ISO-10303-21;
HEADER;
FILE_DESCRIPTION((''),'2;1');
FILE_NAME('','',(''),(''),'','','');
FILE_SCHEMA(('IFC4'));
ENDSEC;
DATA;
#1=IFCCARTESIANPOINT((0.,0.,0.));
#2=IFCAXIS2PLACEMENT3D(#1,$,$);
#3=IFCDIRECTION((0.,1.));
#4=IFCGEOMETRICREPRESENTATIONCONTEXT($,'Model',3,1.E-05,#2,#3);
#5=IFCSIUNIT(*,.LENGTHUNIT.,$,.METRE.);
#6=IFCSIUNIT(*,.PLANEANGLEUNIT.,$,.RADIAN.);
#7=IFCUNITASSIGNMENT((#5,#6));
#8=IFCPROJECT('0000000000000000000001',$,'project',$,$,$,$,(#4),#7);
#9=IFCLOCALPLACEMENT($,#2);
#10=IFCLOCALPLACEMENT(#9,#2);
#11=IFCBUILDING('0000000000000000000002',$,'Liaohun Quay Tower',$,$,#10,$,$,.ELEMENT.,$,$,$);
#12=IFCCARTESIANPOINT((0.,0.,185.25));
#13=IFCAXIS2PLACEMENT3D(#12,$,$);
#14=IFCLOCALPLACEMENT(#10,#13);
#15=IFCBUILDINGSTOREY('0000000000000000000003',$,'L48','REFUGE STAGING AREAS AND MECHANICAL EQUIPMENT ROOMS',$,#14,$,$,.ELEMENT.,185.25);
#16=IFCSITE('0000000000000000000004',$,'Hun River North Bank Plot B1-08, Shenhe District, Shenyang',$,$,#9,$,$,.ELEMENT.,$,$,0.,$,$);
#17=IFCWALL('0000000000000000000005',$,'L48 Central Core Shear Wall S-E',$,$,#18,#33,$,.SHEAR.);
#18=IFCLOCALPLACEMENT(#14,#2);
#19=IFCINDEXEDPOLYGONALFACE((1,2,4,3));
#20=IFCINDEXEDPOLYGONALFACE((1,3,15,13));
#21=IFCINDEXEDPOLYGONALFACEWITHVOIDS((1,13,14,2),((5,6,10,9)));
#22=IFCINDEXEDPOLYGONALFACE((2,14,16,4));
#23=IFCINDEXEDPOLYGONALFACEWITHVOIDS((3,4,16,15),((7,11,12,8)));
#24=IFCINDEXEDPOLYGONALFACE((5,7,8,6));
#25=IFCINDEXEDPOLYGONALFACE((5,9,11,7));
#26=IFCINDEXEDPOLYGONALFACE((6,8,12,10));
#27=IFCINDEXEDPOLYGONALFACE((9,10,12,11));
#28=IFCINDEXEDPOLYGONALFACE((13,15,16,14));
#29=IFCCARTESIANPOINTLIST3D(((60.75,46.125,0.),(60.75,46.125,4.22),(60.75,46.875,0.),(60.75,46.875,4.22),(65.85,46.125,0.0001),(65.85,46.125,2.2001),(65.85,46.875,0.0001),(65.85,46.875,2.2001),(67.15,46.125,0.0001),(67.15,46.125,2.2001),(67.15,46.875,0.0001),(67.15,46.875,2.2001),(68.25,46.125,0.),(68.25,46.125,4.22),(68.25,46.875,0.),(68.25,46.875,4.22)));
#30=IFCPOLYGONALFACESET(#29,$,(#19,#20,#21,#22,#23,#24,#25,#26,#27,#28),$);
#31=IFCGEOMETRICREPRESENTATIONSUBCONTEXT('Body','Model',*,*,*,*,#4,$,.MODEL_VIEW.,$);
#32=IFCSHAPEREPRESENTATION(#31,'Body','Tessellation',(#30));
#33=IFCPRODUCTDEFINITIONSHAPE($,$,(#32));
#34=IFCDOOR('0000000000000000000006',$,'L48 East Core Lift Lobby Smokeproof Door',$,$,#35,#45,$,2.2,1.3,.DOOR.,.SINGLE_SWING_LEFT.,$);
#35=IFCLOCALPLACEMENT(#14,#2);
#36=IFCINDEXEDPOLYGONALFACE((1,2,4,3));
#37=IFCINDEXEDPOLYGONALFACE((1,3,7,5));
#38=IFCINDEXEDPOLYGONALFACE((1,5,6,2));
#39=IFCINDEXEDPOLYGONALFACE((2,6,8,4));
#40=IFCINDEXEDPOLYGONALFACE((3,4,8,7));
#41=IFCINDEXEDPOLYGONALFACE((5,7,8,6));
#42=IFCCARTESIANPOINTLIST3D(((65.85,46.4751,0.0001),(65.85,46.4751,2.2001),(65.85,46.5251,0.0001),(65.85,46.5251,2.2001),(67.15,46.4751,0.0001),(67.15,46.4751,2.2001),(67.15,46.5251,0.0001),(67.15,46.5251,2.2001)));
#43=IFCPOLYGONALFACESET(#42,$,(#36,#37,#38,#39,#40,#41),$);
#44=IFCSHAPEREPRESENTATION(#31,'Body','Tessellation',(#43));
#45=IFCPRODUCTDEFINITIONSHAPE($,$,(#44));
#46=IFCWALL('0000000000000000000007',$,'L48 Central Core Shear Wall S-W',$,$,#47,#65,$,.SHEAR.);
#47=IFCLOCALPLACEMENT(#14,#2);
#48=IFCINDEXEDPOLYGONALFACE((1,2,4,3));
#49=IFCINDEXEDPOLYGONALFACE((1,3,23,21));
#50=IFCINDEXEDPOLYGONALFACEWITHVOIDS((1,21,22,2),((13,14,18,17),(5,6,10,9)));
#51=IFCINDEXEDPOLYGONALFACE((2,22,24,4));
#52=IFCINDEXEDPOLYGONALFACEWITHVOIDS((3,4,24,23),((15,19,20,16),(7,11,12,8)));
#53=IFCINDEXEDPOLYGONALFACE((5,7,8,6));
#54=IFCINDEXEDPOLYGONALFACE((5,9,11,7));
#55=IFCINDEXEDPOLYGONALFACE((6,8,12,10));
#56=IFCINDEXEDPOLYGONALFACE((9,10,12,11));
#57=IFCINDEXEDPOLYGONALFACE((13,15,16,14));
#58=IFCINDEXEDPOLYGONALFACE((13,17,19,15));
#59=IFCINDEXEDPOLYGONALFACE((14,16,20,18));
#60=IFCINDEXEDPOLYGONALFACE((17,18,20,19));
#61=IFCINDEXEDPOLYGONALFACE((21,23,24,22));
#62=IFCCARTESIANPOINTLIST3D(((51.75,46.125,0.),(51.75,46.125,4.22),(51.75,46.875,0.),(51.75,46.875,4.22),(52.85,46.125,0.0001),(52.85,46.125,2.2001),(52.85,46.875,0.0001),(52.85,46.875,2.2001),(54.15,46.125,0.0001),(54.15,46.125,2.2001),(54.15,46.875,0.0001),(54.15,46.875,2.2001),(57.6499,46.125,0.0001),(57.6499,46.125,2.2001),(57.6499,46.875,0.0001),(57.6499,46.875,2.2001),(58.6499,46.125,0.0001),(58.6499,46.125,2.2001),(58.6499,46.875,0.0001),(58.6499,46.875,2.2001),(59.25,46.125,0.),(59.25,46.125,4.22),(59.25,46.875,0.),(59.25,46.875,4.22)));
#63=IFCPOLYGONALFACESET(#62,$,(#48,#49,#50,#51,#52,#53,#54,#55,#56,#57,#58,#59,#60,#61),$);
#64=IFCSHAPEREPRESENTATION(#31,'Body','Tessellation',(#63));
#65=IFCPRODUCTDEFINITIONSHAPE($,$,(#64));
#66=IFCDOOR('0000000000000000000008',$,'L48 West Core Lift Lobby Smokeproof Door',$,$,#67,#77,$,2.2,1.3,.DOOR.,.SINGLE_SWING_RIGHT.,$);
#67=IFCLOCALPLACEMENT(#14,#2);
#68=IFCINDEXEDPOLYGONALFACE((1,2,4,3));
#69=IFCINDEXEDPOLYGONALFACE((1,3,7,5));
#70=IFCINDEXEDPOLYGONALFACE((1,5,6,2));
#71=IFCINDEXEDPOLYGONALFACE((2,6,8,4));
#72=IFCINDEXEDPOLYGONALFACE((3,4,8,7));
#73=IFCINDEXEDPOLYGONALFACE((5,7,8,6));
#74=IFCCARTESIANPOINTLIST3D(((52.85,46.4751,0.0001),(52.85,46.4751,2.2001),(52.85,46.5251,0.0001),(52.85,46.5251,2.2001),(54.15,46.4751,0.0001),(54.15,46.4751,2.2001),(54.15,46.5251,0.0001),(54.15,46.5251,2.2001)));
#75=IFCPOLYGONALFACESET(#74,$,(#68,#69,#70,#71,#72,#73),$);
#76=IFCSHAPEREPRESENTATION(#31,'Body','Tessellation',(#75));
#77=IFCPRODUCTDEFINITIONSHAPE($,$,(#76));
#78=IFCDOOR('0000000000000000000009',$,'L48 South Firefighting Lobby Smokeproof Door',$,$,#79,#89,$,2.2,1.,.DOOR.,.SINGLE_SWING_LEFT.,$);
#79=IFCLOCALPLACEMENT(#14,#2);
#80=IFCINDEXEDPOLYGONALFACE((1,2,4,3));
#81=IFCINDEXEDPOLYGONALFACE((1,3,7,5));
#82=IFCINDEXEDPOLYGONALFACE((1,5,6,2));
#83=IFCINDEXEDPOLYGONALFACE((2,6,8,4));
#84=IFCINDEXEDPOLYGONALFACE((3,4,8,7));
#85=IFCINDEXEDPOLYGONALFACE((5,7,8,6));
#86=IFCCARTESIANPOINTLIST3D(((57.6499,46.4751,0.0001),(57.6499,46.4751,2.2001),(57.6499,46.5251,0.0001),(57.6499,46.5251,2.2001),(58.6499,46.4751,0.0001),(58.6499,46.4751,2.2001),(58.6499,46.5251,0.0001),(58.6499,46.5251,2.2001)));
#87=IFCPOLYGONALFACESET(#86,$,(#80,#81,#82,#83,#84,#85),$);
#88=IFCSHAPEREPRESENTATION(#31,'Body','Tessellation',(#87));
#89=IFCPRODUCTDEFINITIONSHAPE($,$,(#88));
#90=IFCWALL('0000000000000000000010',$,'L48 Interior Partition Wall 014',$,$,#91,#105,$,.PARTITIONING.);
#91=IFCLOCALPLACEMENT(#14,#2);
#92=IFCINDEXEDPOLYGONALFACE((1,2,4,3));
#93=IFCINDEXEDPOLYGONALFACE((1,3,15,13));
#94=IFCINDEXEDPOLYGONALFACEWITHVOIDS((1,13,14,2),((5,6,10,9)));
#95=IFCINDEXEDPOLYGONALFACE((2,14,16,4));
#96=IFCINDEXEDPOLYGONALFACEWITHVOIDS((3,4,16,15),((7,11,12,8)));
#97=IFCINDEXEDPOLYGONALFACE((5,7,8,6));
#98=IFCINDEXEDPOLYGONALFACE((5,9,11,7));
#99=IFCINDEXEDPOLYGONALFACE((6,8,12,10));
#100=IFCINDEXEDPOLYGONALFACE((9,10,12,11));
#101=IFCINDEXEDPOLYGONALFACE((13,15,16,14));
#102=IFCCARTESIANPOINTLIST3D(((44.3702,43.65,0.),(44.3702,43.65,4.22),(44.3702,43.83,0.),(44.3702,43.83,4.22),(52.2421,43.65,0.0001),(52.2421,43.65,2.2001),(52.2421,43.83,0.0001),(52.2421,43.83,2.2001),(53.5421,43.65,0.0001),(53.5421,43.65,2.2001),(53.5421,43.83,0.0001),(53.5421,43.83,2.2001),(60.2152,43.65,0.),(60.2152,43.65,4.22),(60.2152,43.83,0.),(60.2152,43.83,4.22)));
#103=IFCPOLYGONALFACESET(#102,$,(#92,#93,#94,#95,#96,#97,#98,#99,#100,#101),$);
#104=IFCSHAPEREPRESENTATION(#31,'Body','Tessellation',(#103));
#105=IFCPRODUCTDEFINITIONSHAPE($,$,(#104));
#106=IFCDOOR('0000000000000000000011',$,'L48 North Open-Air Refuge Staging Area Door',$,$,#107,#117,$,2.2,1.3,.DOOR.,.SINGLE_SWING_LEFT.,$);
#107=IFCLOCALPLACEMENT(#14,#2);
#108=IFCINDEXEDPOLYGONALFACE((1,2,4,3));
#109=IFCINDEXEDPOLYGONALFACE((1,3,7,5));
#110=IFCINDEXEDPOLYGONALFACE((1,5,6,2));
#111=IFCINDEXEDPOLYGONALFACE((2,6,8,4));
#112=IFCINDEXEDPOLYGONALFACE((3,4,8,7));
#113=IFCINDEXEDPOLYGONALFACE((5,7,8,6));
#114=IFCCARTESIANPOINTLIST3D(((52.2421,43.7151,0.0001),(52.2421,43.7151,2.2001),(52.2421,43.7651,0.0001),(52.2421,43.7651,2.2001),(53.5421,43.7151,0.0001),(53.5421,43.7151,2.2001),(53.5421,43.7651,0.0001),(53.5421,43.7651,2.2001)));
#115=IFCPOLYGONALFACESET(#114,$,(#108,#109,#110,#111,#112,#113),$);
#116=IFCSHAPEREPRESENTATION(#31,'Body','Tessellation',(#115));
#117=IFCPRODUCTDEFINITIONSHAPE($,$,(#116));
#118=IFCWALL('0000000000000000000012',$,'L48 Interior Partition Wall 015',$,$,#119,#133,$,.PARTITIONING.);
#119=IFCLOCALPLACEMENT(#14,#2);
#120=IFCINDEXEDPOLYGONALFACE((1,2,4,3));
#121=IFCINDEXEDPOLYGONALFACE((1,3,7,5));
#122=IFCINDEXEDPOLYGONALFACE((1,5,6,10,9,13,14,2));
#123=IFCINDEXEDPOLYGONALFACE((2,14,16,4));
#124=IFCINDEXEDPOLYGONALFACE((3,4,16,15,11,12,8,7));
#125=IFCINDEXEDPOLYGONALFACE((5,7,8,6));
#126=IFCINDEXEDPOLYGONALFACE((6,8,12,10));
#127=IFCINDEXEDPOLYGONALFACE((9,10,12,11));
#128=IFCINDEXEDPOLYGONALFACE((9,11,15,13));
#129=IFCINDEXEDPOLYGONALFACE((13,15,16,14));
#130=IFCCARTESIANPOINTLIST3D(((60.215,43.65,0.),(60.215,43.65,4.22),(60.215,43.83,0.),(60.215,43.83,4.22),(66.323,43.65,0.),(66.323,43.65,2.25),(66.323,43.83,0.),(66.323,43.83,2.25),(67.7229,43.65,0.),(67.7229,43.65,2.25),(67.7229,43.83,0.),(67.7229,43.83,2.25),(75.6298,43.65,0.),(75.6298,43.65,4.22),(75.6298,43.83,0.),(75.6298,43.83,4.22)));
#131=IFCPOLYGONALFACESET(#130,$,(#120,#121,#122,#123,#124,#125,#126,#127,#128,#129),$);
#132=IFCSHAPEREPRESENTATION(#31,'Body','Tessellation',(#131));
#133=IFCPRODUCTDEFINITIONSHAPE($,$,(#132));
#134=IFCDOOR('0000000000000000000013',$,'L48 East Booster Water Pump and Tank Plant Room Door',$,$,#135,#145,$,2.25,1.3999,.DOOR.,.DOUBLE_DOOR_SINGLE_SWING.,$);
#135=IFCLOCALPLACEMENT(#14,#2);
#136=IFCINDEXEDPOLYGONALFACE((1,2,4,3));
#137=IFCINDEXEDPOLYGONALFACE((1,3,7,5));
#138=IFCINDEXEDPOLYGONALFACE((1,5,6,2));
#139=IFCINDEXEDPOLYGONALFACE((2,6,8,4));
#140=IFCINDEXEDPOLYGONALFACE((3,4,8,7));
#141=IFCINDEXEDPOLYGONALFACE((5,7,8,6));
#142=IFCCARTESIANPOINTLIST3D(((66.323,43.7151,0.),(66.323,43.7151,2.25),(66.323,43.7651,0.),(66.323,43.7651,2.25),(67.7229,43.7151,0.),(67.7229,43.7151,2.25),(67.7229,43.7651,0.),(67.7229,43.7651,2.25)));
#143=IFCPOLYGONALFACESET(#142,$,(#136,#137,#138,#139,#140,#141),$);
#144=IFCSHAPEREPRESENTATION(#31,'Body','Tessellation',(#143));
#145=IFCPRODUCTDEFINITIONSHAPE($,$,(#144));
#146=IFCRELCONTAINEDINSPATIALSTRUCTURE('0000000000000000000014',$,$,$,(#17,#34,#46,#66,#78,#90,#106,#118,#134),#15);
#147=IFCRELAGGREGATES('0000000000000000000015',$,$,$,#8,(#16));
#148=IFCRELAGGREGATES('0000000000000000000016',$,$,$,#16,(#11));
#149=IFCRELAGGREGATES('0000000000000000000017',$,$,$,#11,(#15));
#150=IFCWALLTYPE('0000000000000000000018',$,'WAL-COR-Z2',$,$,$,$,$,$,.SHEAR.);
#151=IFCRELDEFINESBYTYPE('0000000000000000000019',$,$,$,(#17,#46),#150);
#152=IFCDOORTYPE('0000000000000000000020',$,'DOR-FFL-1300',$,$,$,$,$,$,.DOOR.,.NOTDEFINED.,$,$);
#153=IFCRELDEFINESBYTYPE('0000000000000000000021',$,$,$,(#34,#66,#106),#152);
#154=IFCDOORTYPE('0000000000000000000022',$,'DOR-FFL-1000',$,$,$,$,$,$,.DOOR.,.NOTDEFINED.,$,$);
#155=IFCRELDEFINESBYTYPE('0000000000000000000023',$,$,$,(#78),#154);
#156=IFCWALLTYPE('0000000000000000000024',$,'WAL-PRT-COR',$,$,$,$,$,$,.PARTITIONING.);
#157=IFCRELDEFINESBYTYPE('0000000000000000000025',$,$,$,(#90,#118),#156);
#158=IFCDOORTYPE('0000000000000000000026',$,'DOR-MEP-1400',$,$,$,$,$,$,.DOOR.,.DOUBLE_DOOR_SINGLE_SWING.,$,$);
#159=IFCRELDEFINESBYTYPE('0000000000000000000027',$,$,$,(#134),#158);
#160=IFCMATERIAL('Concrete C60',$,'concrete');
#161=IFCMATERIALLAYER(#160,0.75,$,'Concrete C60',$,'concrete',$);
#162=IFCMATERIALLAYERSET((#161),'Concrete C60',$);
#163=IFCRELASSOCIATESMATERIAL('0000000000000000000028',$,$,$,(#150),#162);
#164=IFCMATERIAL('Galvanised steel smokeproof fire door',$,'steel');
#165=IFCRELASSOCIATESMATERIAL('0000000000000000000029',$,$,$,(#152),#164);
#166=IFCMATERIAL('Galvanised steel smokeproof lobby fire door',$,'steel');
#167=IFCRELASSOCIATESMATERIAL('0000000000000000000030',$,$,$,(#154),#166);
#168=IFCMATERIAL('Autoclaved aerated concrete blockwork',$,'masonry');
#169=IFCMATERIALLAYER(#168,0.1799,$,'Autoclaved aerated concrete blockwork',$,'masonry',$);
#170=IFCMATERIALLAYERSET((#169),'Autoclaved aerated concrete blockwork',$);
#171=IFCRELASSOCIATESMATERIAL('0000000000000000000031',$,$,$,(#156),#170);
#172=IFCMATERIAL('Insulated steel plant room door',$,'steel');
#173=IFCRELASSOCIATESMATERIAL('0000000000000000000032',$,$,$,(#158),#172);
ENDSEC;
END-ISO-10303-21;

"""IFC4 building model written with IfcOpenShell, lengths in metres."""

from ifc_helpers import new_model, si_unit, direction, frame, frame_2d, origin, place, context, subcontext, project, spatial, rectangle, extrude, source, transform, mapped, material, layer, layer_set, type_object, element, fill, save


model = new_model("IFC4")

# Units and contexts
model_context = context("Model", 3, precision=1e-05, world=origin(), true_north=direction((0.0, 1.0)))
body_context = subcontext(model_context, "Body", "Model", "MODEL_VIEW")
ifc_project = project(units=[si_unit("LENGTHUNIT", "METRE"), si_unit("PLANEANGLEUNIT", "RADIAN")], contexts=[model_context])

# Site, building, storey
site_placement = place(None, origin())
site = spatial("IfcSite", under=ifc_project, at=site_placement, Name="Hun River North Bank Plot B1-08, Shenhe District, Shenyang", CompositionType="ELEMENT", RefElevation=0.0)
building_placement = place(site_placement, origin())
building = spatial("IfcBuilding", under=site, at=building_placement, Name="Liaohun Quay Tower", CompositionType="ELEMENT")
storey_placement = place(building_placement, frame((0.0, 0.0, 185.25)))
storey = spatial("IfcBuildingStorey", under=building, at=storey_placement, Name="L48", Description="REFUGE STAGING AREAS AND MECHANICAL EQUIPMENT ROOMS", CompositionType="ELEMENT", Elevation=185.25)

# Shared definitions
ifc_material_1 = material(Name="Concrete C60", Category="concrete")

# Wall, opening, door
ifc_layer_1 = layer(ifc_material_1, 0.75, Name="Concrete C60", Category="concrete")
ifc_layer_set_1 = layer_set([ifc_layer_1], Name="Concrete C60")
wall_type_1 = type_object("IfcWallType", Name="WAL-COR-Z2", PredefinedType="SHEAR", material=ifc_layer_set_1)
wall_1_placement = place(storey_placement, frame((68.25, 46.5, 0.0), z_axis=(0.0, 0.0, 1.0), x_axis=(-1.0, 0.0, 0.0)))
wall_1 = element("IfcWall", 1, at=wall_1_placement, inside=storey, type_object=wall_type_1, Name="L48 Central Core Shear Wall S-E", PredefinedType="SHEAR", context=body_context, shape_type="SweptSolid", body=[
    extrude(rectangle(XDim=7.5, YDim=0.75, at=frame_2d((3.75, 0.0))), origin(), (0.0, 0.0, 1.0), 4.22),
])
shared_shape_1 = source(origin(), body_context, "Body", "SweptSolid", [
    extrude(rectangle(XDim=1.3, YDim=2.2, at=frame_2d((0.6499, 1.1001))), frame((0.0, 0.385, 0.0), z_axis=(0.0, -1.0, 0.0), x_axis=(1.0, 0.0, 0.0)), (0.0, 0.0, 1.0), 0.77),
])
opening_1_placement = place(wall_1_placement, frame((1.1001, 0.0, 0.0)))
opening_1 = element("IfcOpeningElement", 2, at=opening_1_placement, cuts=wall_1, PredefinedType="OPENING", context=body_context, shape_type="MappedRepresentation", body=[
    mapped(shared_shape_1, transform((0.0, 0.0, 0.0), x_axis=(1.0, 0.0, 0.0), y_axis=(0.0, 1.0, 0.0), z_axis=(0.0, 0.0, 1.0), scale=1.0)),
])
ifc_material_2 = material(Name="Galvanised steel smokeproof fire door", Category="steel")
door_type_1 = type_object("IfcDoorType", Name="DOR-FFL-1300", OperationType="NOTDEFINED", PredefinedType="DOOR", material=ifc_material_2)
shared_shape_2 = source(origin(), body_context, "Body", "SweptSolid", [
    extrude(rectangle(XDim=1.3, YDim=2.2, at=frame_2d((0.6499, 1.1001))), frame((0.0, 0.0249, 0.0), z_axis=(0.0, -1.0, 0.0), x_axis=(1.0, 0.0, 0.0)), (0.0, 0.0, 1.0), 0.05),
])
door_1_placement = place(opening_1_placement, origin())
door_1 = element("IfcDoor", 3, at=door_1_placement, inside=storey, type_object=door_type_1, Name="L48 East Core Lift Lobby Smokeproof Door", OperationType="SINGLE_SWING_LEFT", OverallHeight=2.2, OverallWidth=1.3, PredefinedType="DOOR", context=body_context, shape_type="MappedRepresentation", body=[
    mapped(shared_shape_2, transform((0.0, 0.0, 0.0), x_axis=(1.0, 0.0, 0.0), y_axis=(0.0, 1.0, 0.0), z_axis=(0.0, 0.0, 1.0), scale=1.0)),
])
fill(opening_1, door_1)

# Wall, openings, doors
wall_2_placement = place(storey_placement, frame((59.25, 46.5, 0.0), z_axis=(0.0, 0.0, 1.0), x_axis=(-1.0, 0.0, 0.0)))
wall_2 = element("IfcWall", 4, at=wall_2_placement, inside=storey, type_object=wall_type_1, Name="L48 Central Core Shear Wall S-W", PredefinedType="SHEAR", context=body_context, shape_type="SweptSolid", body=[
    extrude(rectangle(XDim=7.5, YDim=0.75, at=frame_2d((3.75, 0.0))), origin(), (0.0, 0.0, 1.0), 4.22),
])
opening_2_placement = place(wall_2_placement, frame((5.1001, 0.0, 0.0)))
opening_2 = element("IfcOpeningElement", 5, at=opening_2_placement, cuts=wall_2, PredefinedType="OPENING", context=body_context, shape_type="MappedRepresentation", body=[
    mapped(shared_shape_1, transform((0.0, 0.0, 0.0), x_axis=(1.0, 0.0, 0.0), y_axis=(0.0, 1.0, 0.0), z_axis=(0.0, 0.0, 1.0), scale=1.0)),
])
shared_shape_3 = source(origin(), body_context, "Body", "SweptSolid", [
    extrude(rectangle(XDim=1.0, YDim=2.2, at=frame_2d((0.5, 1.1001))), frame((0.0, 0.385, 0.0), z_axis=(0.0, -1.0, 0.0), x_axis=(1.0, 0.0, 0.0)), (0.0, 0.0, 1.0), 0.77),
])
opening_3_placement = place(wall_2_placement, frame((0.6001, 0.0, 0.0)))
opening_3 = element("IfcOpeningElement", 6, at=opening_3_placement, cuts=wall_2, PredefinedType="OPENING", context=body_context, shape_type="MappedRepresentation", body=[
    mapped(shared_shape_3, transform((0.0, 0.0, 0.0), x_axis=(1.0, 0.0, 0.0), y_axis=(0.0, 1.0, 0.0), z_axis=(0.0, 0.0, 1.0), scale=1.0)),
])
door_2_placement = place(opening_2_placement, origin())
door_2 = element("IfcDoor", 7, at=door_2_placement, inside=storey, type_object=door_type_1, Name="L48 West Core Lift Lobby Smokeproof Door", OperationType="SINGLE_SWING_RIGHT", OverallHeight=2.2, OverallWidth=1.3, PredefinedType="DOOR", context=body_context, shape_type="MappedRepresentation", body=[
    mapped(shared_shape_2, transform((0.0, 0.0, 0.0), x_axis=(1.0, 0.0, 0.0), y_axis=(0.0, 1.0, 0.0), z_axis=(0.0, 0.0, 1.0), scale=1.0)),
])
fill(opening_2, door_2)
ifc_material_3 = material(Name="Galvanised steel smokeproof lobby fire door", Category="steel")
door_type_2 = type_object("IfcDoorType", Name="DOR-FFL-1000", OperationType="NOTDEFINED", PredefinedType="DOOR", material=ifc_material_3)
shared_shape_4 = source(origin(), body_context, "Body", "SweptSolid", [
    extrude(rectangle(XDim=1.0, YDim=2.2, at=frame_2d((0.5, 1.1001))), frame((0.0, 0.0249, 0.0), z_axis=(0.0, -1.0, 0.0), x_axis=(1.0, 0.0, 0.0)), (0.0, 0.0, 1.0), 0.05),
])
door_3_placement = place(opening_3_placement, origin())
door_3 = element("IfcDoor", 8, at=door_3_placement, inside=storey, type_object=door_type_2, Name="L48 South Firefighting Lobby Smokeproof Door", OperationType="SINGLE_SWING_LEFT", OverallHeight=2.2, OverallWidth=1.0, PredefinedType="DOOR", context=body_context, shape_type="MappedRepresentation", body=[
    mapped(shared_shape_4, transform((0.0, 0.0, 0.0), x_axis=(1.0, 0.0, 0.0), y_axis=(0.0, 1.0, 0.0), z_axis=(0.0, 0.0, 1.0), scale=1.0)),
])
fill(opening_3, door_3)

# Walls, openings, doors
ifc_material_4 = material(Name="Autoclaved aerated concrete blockwork", Category="masonry")
ifc_layer_2 = layer(ifc_material_4, 0.1799, Name="Autoclaved aerated concrete blockwork", Category="masonry")
ifc_layer_set_2 = layer_set([ifc_layer_2], Name="Autoclaved aerated concrete blockwork")
wall_type_2 = type_object("IfcWallType", Name="WAL-PRT-COR", PredefinedType="PARTITIONING", material=ifc_layer_set_2)
wall_3_placement = place(storey_placement, frame((60.2151, 43.74, 0.0), z_axis=(0.0, 0.0, 1.0), x_axis=(-1.0, 0.0, 0.0)))
wall_3 = element("IfcWall", 9, at=wall_3_placement, inside=storey, type_object=wall_type_2, Name="L48 Interior Partition Wall 014", PredefinedType="PARTITIONING", context=body_context, shape_type="SweptSolid", body=[
    extrude(rectangle(XDim=15.845, YDim=0.1799, at=frame_2d((7.9224, 0.0))), origin(), (0.0, 0.0, 1.0), 4.22),
])
shared_shape_5 = source(origin(), body_context, "Body", "SweptSolid", [
    extrude(rectangle(XDim=1.3, YDim=2.2, at=frame_2d((0.6499, 1.1001))), frame((0.0, 0.0999, 0.0), z_axis=(0.0, -1.0, 0.0), x_axis=(1.0, 0.0, 0.0)), (0.0, 0.0, 1.0), 0.2),
])
opening_4_placement = place(wall_3_placement, frame((6.6731, 0.0, 0.0)))
opening_4 = element("IfcOpeningElement", 10, at=opening_4_placement, cuts=wall_3, PredefinedType="OPENING", context=body_context, shape_type="MappedRepresentation", body=[
    mapped(shared_shape_5, transform((0.0, 0.0, 0.0), x_axis=(1.0, 0.0, 0.0), y_axis=(0.0, 1.0, 0.0), z_axis=(0.0, 0.0, 1.0), scale=1.0)),
])
door_4_placement = place(opening_4_placement, origin())
door_4 = element("IfcDoor", 11, at=door_4_placement, inside=storey, type_object=door_type_1, Name="L48 North Open-Air Refuge Staging Area Door", OperationType="SINGLE_SWING_LEFT", OverallHeight=2.2, OverallWidth=1.3, PredefinedType="DOOR", context=body_context, shape_type="MappedRepresentation", body=[
    mapped(shared_shape_2, transform((0.0, 0.0, 0.0), x_axis=(1.0, 0.0, 0.0), y_axis=(0.0, 1.0, 0.0), z_axis=(0.0, 0.0, 1.0), scale=1.0)),
])
fill(opening_4, door_4)
wall_4_placement = place(storey_placement, frame((75.6299, 43.74, 0.0), z_axis=(0.0, 0.0, 1.0), x_axis=(-1.0, 0.0, 0.0)))
wall_4 = element("IfcWall", 12, at=wall_4_placement, inside=storey, type_object=wall_type_2, Name="L48 Interior Partition Wall 015", PredefinedType="PARTITIONING", context=body_context, shape_type="SweptSolid", body=[
    extrude(rectangle(XDim=15.4148, YDim=0.1799, at=frame_2d((7.7075, 0.0))), origin(), (0.0, 0.0, 1.0), 4.22),
])
shared_shape_6 = source(origin(), body_context, "Body", "SweptSolid", [
    extrude(rectangle(XDim=1.3999, YDim=2.25, at=frame_2d((0.7, 1.125))), frame((0.0, 0.0999, 0.0), z_axis=(0.0, -1.0, 0.0), x_axis=(1.0, 0.0, 0.0)), (0.0, 0.0, 1.0), 0.2),
])
opening_5_placement = place(wall_4_placement, frame((7.907, 0.0, 0.0)))
opening_5 = element("IfcOpeningElement", 13, at=opening_5_placement, cuts=wall_4, PredefinedType="OPENING", context=body_context, shape_type="MappedRepresentation", body=[
    mapped(shared_shape_6, transform((0.0, 0.0, 0.0), x_axis=(1.0, 0.0, 0.0), y_axis=(0.0, 1.0, 0.0), z_axis=(0.0, 0.0, 1.0), scale=1.0)),
])
ifc_material_5 = material(Name="Insulated steel plant room door", Category="steel")
door_type_3 = type_object("IfcDoorType", Name="DOR-MEP-1400", OperationType="DOUBLE_DOOR_SINGLE_SWING", PredefinedType="DOOR", material=ifc_material_5)
shared_shape_7 = source(origin(), body_context, "Body", "SweptSolid", [
    extrude(rectangle(XDim=1.3999, YDim=2.25, at=frame_2d((0.7, 1.125))), frame((0.0, 0.0249, 0.0), z_axis=(0.0, -1.0, 0.0), x_axis=(1.0, 0.0, 0.0)), (0.0, 0.0, 1.0), 0.05),
])
door_5_placement = place(opening_5_placement, origin())
door_5 = element("IfcDoor", 14, at=door_5_placement, inside=storey, type_object=door_type_3, Name="L48 East Booster Water Pump and Tank Plant Room Door", OperationType="DOUBLE_DOOR_SINGLE_SWING", OverallHeight=2.25, OverallWidth=1.3999, PredefinedType="DOOR", context=body_context, shape_type="MappedRepresentation", body=[
    mapped(shared_shape_7, transform((0.0, 0.0, 0.0), x_axis=(1.0, 0.0, 0.0), y_axis=(0.0, 1.0, 0.0), z_axis=(0.0, 0.0, 1.0), scale=1.0)),
])
fill(opening_5, door_5)

save(model, "model.ifc")
